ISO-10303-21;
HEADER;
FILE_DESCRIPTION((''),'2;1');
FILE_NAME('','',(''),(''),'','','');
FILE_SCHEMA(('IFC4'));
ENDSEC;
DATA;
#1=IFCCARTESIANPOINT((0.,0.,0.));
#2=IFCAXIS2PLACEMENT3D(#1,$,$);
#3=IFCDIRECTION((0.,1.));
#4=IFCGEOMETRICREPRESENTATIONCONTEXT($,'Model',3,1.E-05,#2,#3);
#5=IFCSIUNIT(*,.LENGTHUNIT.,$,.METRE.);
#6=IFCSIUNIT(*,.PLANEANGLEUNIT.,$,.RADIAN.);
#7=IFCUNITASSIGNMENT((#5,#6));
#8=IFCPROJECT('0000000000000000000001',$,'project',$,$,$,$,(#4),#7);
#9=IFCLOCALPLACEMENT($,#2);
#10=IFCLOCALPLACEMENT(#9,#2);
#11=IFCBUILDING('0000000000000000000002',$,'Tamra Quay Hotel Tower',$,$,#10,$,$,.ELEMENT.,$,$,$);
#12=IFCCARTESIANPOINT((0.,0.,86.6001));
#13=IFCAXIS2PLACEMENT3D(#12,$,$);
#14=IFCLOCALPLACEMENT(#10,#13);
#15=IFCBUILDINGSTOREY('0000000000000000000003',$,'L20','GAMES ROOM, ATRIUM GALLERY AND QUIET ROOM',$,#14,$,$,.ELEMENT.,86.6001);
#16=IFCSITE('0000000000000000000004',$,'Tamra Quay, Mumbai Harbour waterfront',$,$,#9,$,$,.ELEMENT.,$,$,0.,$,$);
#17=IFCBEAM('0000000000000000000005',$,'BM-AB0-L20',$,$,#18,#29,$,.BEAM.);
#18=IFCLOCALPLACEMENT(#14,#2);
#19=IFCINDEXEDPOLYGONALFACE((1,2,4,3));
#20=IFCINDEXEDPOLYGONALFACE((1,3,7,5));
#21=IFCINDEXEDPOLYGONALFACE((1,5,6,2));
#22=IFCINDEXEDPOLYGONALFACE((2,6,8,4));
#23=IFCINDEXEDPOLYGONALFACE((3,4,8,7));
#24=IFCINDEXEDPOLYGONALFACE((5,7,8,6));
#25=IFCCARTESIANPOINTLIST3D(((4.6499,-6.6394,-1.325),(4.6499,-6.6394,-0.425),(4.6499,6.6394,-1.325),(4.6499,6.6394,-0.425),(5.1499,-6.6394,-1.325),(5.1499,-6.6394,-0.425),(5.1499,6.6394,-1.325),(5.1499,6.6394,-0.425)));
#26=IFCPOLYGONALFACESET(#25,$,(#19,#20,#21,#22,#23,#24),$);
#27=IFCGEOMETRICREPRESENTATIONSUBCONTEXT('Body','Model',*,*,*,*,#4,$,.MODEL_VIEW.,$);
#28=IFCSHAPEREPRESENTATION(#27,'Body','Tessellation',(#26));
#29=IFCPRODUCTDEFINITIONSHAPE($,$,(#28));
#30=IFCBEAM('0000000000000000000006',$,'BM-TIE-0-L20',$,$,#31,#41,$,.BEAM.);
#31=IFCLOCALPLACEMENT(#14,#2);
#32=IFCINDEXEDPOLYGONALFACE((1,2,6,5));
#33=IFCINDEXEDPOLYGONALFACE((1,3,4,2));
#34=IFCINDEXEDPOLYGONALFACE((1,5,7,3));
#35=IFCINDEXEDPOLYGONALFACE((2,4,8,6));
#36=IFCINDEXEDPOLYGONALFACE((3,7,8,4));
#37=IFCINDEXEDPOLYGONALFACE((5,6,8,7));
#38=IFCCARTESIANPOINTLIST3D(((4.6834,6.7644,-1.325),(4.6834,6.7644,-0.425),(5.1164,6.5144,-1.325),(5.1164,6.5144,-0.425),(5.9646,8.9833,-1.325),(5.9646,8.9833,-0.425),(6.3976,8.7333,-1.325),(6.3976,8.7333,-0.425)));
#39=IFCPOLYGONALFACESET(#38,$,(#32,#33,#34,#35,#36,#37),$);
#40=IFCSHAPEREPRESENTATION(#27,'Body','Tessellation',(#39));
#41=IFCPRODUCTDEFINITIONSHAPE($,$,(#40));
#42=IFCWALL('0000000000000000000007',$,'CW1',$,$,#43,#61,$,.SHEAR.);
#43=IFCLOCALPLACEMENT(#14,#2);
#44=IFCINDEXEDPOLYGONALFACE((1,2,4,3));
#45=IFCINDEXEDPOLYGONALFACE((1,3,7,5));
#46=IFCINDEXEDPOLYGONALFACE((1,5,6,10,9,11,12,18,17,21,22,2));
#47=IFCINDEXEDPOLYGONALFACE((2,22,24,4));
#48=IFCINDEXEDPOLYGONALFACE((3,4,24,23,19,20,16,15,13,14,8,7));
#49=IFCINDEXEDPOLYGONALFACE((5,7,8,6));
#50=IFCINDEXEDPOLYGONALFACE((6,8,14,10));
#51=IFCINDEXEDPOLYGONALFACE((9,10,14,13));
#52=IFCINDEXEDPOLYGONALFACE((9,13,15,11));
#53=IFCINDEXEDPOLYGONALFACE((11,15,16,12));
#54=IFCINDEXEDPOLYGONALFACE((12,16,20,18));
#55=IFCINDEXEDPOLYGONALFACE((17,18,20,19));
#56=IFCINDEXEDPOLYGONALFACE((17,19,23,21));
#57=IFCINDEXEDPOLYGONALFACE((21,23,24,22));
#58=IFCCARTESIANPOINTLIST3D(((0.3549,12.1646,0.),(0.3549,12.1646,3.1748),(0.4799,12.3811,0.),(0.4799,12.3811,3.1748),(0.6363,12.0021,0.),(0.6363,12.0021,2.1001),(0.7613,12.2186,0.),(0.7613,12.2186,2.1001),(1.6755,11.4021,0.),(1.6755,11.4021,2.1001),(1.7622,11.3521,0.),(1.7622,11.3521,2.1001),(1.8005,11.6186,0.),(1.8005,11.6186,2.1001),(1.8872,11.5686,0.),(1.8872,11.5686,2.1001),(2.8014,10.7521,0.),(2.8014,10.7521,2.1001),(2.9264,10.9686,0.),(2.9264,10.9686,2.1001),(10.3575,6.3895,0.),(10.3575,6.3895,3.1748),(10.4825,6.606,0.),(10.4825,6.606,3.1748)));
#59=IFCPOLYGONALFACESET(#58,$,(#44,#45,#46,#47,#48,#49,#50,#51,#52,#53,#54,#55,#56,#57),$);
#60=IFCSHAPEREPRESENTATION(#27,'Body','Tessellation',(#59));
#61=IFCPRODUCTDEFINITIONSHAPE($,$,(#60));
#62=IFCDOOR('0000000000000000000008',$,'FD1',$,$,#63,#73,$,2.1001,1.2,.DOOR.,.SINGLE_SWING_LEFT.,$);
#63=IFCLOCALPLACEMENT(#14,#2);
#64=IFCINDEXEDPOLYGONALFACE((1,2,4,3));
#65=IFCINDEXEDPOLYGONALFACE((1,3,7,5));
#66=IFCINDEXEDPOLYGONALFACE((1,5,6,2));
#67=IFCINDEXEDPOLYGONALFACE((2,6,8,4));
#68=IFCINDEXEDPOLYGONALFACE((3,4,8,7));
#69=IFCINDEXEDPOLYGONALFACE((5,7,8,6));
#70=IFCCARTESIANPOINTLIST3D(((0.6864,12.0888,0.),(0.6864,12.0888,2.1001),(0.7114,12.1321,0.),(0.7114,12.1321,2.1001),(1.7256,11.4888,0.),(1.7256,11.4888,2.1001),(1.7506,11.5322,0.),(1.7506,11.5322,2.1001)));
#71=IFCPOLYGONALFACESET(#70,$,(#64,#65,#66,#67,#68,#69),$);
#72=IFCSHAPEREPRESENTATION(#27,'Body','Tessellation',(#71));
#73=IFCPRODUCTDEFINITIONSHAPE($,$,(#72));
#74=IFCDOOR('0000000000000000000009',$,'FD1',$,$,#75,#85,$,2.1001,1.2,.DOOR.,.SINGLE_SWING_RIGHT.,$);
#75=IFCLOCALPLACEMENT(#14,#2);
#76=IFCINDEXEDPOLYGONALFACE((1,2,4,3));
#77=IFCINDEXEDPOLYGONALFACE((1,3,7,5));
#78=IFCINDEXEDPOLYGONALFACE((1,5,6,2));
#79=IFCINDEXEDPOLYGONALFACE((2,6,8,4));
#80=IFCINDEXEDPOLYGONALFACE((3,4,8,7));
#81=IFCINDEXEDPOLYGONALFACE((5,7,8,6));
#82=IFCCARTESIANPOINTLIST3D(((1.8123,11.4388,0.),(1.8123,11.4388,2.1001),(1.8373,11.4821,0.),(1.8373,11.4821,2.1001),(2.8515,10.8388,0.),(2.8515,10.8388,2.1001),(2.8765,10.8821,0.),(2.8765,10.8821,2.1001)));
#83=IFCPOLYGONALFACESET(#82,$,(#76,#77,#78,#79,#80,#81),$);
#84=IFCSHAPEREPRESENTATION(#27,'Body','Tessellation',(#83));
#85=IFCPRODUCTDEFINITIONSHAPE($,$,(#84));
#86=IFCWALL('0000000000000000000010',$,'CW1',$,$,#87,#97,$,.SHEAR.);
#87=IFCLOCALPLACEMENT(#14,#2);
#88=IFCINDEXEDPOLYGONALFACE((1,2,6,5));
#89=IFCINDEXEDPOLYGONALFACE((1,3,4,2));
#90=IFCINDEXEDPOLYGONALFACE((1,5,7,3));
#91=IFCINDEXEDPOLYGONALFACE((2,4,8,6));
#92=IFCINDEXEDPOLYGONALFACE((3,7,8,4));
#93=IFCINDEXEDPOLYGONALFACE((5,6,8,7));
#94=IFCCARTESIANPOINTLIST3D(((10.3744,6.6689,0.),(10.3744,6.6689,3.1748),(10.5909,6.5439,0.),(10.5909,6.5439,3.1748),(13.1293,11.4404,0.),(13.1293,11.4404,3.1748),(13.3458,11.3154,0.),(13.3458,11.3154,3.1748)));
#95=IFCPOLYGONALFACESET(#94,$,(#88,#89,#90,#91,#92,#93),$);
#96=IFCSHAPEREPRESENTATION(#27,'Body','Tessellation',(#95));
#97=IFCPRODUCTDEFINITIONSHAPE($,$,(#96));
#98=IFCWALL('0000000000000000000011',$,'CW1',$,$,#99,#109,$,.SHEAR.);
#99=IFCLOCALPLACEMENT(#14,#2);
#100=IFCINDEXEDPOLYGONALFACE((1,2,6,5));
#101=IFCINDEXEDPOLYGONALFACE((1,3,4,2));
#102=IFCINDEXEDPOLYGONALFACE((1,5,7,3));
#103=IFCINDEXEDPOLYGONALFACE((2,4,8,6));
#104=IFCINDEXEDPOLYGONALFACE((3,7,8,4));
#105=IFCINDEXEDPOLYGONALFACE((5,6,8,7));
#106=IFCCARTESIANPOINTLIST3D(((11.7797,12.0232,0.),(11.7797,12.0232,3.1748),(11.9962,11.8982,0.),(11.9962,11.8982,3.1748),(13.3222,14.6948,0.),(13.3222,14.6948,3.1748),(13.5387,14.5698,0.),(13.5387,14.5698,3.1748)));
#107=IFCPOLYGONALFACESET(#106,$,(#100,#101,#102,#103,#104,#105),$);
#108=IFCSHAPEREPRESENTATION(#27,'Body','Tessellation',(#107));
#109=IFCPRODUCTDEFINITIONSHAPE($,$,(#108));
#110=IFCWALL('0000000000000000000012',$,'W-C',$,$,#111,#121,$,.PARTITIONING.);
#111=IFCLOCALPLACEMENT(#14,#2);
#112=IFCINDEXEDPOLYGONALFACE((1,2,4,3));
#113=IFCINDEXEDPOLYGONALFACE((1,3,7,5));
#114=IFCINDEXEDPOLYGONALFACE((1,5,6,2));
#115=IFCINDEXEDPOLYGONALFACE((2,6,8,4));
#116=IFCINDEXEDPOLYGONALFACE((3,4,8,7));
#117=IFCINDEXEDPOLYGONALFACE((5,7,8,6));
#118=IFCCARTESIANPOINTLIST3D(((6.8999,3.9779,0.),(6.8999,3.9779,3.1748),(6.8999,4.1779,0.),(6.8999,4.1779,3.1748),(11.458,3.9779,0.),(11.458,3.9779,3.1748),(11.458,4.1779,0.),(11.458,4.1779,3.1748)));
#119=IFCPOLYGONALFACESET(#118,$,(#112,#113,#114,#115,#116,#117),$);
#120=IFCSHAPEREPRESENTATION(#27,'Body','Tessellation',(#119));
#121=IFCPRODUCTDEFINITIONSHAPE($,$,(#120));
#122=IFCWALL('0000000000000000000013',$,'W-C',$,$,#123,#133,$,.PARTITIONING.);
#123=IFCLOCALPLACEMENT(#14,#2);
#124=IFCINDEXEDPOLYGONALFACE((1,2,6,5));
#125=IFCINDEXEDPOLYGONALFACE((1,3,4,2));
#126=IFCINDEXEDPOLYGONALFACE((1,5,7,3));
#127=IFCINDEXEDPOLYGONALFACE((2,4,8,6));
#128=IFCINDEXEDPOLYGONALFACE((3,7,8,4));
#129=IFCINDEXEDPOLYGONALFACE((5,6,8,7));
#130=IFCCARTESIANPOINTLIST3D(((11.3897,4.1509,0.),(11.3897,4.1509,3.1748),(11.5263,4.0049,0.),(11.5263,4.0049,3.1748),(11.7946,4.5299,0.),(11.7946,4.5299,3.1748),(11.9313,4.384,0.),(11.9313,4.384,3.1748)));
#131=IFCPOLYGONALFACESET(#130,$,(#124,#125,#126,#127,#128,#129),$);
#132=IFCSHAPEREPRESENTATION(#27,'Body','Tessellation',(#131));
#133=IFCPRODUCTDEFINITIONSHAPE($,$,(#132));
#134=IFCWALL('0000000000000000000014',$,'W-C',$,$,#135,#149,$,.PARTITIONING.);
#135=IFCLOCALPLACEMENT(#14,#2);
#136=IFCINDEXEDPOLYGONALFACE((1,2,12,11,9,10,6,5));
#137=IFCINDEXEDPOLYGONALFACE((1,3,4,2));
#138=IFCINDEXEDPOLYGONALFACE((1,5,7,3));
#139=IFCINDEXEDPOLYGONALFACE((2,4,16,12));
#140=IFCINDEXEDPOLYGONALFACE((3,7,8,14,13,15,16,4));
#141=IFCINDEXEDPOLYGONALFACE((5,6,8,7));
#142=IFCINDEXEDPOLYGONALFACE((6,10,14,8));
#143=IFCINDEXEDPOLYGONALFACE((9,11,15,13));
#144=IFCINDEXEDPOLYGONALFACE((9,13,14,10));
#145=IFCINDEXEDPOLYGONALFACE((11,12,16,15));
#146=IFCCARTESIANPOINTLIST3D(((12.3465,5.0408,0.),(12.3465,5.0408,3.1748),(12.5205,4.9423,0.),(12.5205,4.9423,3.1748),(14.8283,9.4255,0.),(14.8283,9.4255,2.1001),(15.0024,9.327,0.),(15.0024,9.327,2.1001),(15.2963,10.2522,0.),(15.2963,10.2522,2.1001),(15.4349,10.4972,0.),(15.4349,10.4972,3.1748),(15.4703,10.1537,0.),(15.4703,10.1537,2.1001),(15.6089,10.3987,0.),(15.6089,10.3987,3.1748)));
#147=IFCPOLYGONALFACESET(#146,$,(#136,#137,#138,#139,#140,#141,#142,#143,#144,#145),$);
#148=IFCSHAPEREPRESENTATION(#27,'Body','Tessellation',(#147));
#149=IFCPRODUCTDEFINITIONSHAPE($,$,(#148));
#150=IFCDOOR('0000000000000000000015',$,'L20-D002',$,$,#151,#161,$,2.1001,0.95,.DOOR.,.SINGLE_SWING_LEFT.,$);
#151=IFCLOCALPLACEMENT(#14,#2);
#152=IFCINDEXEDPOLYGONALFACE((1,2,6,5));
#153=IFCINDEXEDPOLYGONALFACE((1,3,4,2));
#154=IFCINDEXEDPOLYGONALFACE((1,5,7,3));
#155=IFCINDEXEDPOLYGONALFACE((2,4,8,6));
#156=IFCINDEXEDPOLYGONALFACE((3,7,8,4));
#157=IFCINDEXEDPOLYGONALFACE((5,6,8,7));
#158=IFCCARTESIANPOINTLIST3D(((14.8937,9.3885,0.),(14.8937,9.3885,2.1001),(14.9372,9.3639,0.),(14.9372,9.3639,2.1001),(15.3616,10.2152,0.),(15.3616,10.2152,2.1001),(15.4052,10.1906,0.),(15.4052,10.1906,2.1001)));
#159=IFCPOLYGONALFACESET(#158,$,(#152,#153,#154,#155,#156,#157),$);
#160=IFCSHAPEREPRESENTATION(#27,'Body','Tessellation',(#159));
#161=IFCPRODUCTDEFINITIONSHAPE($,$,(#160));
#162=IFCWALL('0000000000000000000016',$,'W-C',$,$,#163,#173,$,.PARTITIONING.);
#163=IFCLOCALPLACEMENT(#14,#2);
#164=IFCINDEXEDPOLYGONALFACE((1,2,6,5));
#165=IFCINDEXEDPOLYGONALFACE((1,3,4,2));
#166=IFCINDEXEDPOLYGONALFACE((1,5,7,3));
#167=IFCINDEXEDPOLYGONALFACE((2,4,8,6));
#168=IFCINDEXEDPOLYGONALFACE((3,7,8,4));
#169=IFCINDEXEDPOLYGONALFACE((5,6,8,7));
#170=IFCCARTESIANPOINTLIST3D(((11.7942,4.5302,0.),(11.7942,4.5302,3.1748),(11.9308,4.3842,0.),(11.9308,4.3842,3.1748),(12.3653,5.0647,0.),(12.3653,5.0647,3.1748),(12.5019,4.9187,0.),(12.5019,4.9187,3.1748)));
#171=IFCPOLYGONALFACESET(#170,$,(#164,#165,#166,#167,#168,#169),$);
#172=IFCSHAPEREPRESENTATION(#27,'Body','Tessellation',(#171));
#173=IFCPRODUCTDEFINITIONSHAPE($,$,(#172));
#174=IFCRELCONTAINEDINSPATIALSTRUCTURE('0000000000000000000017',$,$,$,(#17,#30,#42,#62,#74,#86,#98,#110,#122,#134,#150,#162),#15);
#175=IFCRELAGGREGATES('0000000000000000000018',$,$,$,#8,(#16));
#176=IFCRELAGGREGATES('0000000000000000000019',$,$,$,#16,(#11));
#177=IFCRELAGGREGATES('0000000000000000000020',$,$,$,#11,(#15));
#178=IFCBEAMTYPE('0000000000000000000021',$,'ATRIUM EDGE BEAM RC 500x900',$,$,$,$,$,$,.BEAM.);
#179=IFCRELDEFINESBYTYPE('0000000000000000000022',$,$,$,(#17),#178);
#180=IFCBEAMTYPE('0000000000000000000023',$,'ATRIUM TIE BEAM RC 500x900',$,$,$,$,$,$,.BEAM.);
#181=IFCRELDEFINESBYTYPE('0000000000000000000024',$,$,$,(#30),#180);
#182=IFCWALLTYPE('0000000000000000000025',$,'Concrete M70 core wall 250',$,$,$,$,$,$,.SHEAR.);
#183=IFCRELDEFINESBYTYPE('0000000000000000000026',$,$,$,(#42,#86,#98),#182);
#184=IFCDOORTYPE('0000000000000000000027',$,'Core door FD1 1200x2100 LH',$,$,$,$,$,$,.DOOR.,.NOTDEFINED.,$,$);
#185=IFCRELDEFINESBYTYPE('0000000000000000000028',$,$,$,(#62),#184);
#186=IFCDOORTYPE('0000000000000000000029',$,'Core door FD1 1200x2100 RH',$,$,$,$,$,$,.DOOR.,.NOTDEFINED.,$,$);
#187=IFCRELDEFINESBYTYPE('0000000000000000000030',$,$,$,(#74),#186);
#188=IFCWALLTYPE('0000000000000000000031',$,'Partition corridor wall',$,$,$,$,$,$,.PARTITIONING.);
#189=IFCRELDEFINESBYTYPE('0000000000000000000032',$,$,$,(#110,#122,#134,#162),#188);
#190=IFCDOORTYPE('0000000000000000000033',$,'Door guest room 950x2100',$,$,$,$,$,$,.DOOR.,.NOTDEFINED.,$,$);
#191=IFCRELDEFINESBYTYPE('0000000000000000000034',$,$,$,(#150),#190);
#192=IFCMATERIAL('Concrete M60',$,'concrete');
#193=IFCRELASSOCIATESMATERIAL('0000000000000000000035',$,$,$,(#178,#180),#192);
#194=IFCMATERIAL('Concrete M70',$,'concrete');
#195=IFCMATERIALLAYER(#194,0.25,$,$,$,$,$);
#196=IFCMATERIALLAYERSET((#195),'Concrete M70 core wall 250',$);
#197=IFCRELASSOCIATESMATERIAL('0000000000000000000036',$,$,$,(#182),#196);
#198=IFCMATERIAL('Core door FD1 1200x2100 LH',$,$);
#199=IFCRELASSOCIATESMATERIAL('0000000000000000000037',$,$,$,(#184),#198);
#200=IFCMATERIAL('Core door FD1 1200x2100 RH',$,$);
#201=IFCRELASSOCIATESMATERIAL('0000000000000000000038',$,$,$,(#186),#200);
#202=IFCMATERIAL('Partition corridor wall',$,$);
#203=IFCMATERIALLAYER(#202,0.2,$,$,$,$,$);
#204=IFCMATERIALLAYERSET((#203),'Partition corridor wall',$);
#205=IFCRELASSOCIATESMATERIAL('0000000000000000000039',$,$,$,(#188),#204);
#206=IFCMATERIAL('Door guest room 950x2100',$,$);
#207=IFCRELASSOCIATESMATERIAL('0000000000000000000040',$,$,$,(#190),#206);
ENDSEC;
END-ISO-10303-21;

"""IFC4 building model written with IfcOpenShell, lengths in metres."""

from ifc_helpers import new_model, si_unit, direction, frame, frame_2d, origin, origin_2d, place, context, subcontext, project, spatial, rectangle, extrude, material, layer, layer_set, material_profile, profile_set, type_object, element, fill, save


model = new_model("IFC4")

# Units and contexts
model_context = context("Model", 3, precision=1e-05, world=origin(), true_north=direction((0.0, 1.0)))
body_context = subcontext(model_context, "Body", "Model", "MODEL_VIEW")
ifc_project = project(units=[si_unit("LENGTHUNIT", "METRE"), si_unit("PLANEANGLEUNIT", "RADIAN")], contexts=[model_context])

# Site, building, storey
site_placement = place(None, origin())
site = spatial("IfcSite", under=ifc_project, at=site_placement, Name="Tamra Quay, Mumbai Harbour waterfront", CompositionType="ELEMENT", RefElevation=0.0)
building_placement = place(site_placement, origin())
building = spatial("IfcBuilding", under=site, at=building_placement, Name="Tamra Quay Hotel Tower", CompositionType="ELEMENT")
storey_placement = place(building_placement, frame((0.0, 0.0, 86.6001)))
storey = spatial("IfcBuildingStorey", under=building, at=storey_placement, Name="L20", Description="GAMES ROOM, ATRIUM GALLERY AND QUIET ROOM", CompositionType="ELEMENT", Elevation=86.6001)

# Beams
ifc_material_1 = material(Name="Concrete M60", Category="concrete")
ifc_material_profile_1 = material_profile(ifc_material_1, rectangle(XDim=0.5, YDim=0.8999, at=origin_2d()), Name="ATRIUM EDGE BEAM RC 500x900")
ifc_profile_set_1 = profile_set([ifc_material_profile_1], Name="Concrete M60")
beam_type_1 = type_object("IfcBeamType", Name="ATRIUM EDGE BEAM RC 500x900", PredefinedType="BEAM", material=ifc_profile_set_1)
beam_1_placement = place(storey_placement, frame((4.8999, 6.6394, -0.875), z_axis=(0.0, -1.0, 0.0), x_axis=(1.0, 0.0, 0.0)))
element("IfcBeam", 1, at=beam_1_placement, inside=storey, type_object=beam_type_1, Name="BM-AB0-L20", PredefinedType="BEAM", context=body_context, shape_type="SweptSolid", body=[
    extrude(rectangle(XDim=0.5, YDim=0.8999, at=origin_2d()), origin(), (0.0, 0.0, 1.0), 13.2788),
])
ifc_material_profile_2 = material_profile(ifc_material_1, rectangle(XDim=0.5, YDim=0.8999, at=origin_2d()), Name="ATRIUM TIE BEAM RC 500x900")
ifc_profile_set_2 = profile_set([ifc_material_profile_2], Name="Concrete M60")
beam_type_2 = type_object("IfcBeamType", Name="ATRIUM TIE BEAM RC 500x900", PredefinedType="BEAM", material=ifc_profile_set_2)
beam_2_placement = place(storey_placement, frame((4.8999, 6.6394, -0.875), z_axis=(0.500033, 0.866006, 0.0), x_axis=(-0.866006, 0.500033, 0.0)))
element("IfcBeam", 2, at=beam_2_placement, inside=storey, type_object=beam_type_2, Name="BM-TIE-0-L20", PredefinedType="BEAM", context=body_context, shape_type="SweptSolid", body=[
    extrude(rectangle(XDim=0.5, YDim=0.8999, at=origin_2d()), origin(), (0.0, 0.0, 1.0), 2.5623),
])

# Wall, openings, doors
ifc_material_2 = material(Name="Concrete M70", Category="concrete")
ifc_layer_1 = layer(ifc_material_2, 0.25)
ifc_layer_set_1 = layer_set([ifc_layer_1], Name="Concrete M70 core wall 250")
wall_type_1 = type_object("IfcWallType", Name="Concrete M70 core wall 250", PredefinedType="SHEAR", material=ifc_layer_set_1)
wall_1_placement = place(storey_placement, frame((10.4199, 6.4978, 0.0), z_axis=(0.0, 0.0, 1.0), x_axis=(-0.866022, 0.500006, 0.0)))
wall_1 = element("IfcWall", 3, at=wall_1_placement, inside=storey, type_object=wall_type_1, Name="CW1", PredefinedType="SHEAR", context=body_context, shape_type="SweptSolid", body=[
    extrude(rectangle(XDim=11.55, YDim=0.25, at=frame_2d((5.7749, 0.0))), origin(), (0.0, 0.0, 1.0), 3.1748),
])
opening_1_placement = place(wall_1_placement, frame((10.0249, 0.0, 0.0)))
opening_1 = element("IfcOpeningElement", 4, at=opening_1_placement, cuts=wall_1, PredefinedType="OPENING", context=body_context, shape_type="SweptSolid", body=[
    extrude(rectangle(XDim=1.2, YDim=2.1001, at=frame_2d((0.6001, 1.05))), frame((0.0, 0.135, 0.0), z_axis=(0.0, -1.0, 0.0), x_axis=(1.0, 0.0, 0.0)), (0.0, 0.0, 1.0), 0.27),
])
opening_2_placement = place(wall_1_placement, frame((8.7249, 0.0, 0.0)))
opening_2 = element("IfcOpeningElement", 5, at=opening_2_placement, cuts=wall_1, PredefinedType="OPENING", context=body_context, shape_type="SweptSolid", body=[
    extrude(rectangle(XDim=1.2, YDim=2.1001, at=frame_2d((0.6001, 1.05))), frame((0.0, 0.135, 0.0), z_axis=(0.0, -1.0, 0.0), x_axis=(1.0, 0.0, 0.0)), (0.0, 0.0, 1.0), 0.27),
])
ifc_material_3 = material(Name="Core door FD1 1200x2100 LH")
door_type_1 = type_object("IfcDoorType", Name="Core door FD1 1200x2100 LH", OperationType="NOTDEFINED", PredefinedType="DOOR", material=ifc_material_3)
door_1_placement = place(opening_1_placement, origin())
door_1 = element("IfcDoor", 6, at=door_1_placement, inside=storey, type_object=door_type_1, Name="FD1", OperationType="SINGLE_SWING_LEFT", OverallHeight=2.1001, OverallWidth=1.2, PredefinedType="DOOR", context=body_context, shape_type="SweptSolid", body=[
    extrude(rectangle(XDim=1.2, YDim=2.1001, at=frame_2d((0.6001, 1.05))), frame((0.0, 0.0249, 0.0), z_axis=(0.0, -1.0, 0.0), x_axis=(1.0, 0.0, 0.0)), (0.0, 0.0, 1.0), 0.05),
])
fill(opening_1, door_1)
ifc_material_4 = material(Name="Core door FD1 1200x2100 RH")
door_type_2 = type_object("IfcDoorType", Name="Core door FD1 1200x2100 RH", OperationType="NOTDEFINED", PredefinedType="DOOR", material=ifc_material_4)
door_2_placement = place(opening_2_placement, origin())
door_2 = element("IfcDoor", 7, at=door_2_placement, inside=storey, type_object=door_type_2, Name="FD1", OperationType="SINGLE_SWING_RIGHT", OverallHeight=2.1001, OverallWidth=1.2, PredefinedType="DOOR", context=body_context, shape_type="SweptSolid", body=[
    extrude(rectangle(XDim=1.2, YDim=2.1001, at=frame_2d((0.6001, 1.05))), frame((0.0, 0.0249, 0.0), z_axis=(0.0, -1.0, 0.0), x_axis=(1.0, 0.0, 0.0)), (0.0, 0.0, 1.0), 0.05),
])
fill(opening_2, door_2)

# Walls
wall_2_placement = place(storey_placement, frame((13.2375, 11.3779, 0.0), z_axis=(0.0, 0.0, 1.0), x_axis=(-0.500009, -0.86602, 0.0)))
element("IfcWall", 8, at=wall_2_placement, inside=storey, type_object=wall_type_1, Name="CW1", PredefinedType="SHEAR", context=body_context, shape_type="SweptSolid", body=[
    extrude(rectangle(XDim=5.5098, YDim=0.25, at=frame_2d((2.7549, 0.0))), origin(), (0.0, 0.0, 1.0), 3.1748),
])
wall_3_placement = place(storey_placement, frame((11.8879, 11.9607, 0.0), z_axis=(0.0, 0.0, 1.0), x_axis=(0.500003, 0.866023, 0.0)))
element("IfcWall", 9, at=wall_3_placement, inside=storey, type_object=wall_type_1, Name="CW1", PredefinedType="SHEAR", context=body_context, shape_type="SweptSolid", body=[
    extrude(rectangle(XDim=3.085, YDim=0.25, at=frame_2d((1.5425, 0.0))), origin(), (0.0, 0.0, 1.0), 3.1748),
])
ifc_material_5 = material(Name="Partition corridor wall")
ifc_layer_2 = layer(ifc_material_5, 0.2)
ifc_layer_set_2 = layer_set([ifc_layer_2], Name="Partition corridor wall")
wall_type_2 = type_object("IfcWallType", Name="Partition corridor wall", PredefinedType="PARTITIONING", material=ifc_layer_set_2)
wall_4_placement = place(storey_placement, frame((6.8999, 4.0779, 0.0), z_axis=(0.0, 0.0, 1.0), x_axis=(1.0, 0.0, 0.0)))
element("IfcWall", 10, at=wall_4_placement, inside=storey, type_object=wall_type_2, Name="W-C", PredefinedType="PARTITIONING", context=body_context, shape_type="SweptSolid", body=[
    extrude(rectangle(XDim=4.5581, YDim=0.2, at=frame_2d((2.2791, 0.0))), origin(), (0.0, 0.0, 1.0), 3.1748),
])
wall_5_placement = place(storey_placement, frame((11.458, 4.0779, 0.0), z_axis=(0.0, 0.0, 1.0), x_axis=(0.730045, 0.683399, 0.0)))
element("IfcWall", 11, at=wall_5_placement, inside=storey, type_object=wall_type_2, Name="W-C", PredefinedType="PARTITIONING", context=body_context, shape_type="SweptSolid", body=[
    extrude(rectangle(XDim=0.5547, YDim=0.2, at=frame_2d((0.2773, 0.0))), origin(), (0.0, 0.0, 1.0), 3.1748),
])

# Wall, opening, door
wall_6_placement = place(storey_placement, frame((12.4336, 4.9917, 0.0), z_axis=(0.0, 0.0, 1.0), x_axis=(0.492587, 0.870263, 0.0)))
wall_6 = element("IfcWall", 12, at=wall_6_placement, inside=storey, type_object=wall_type_2, Name="W-C", PredefinedType="PARTITIONING", context=body_context, shape_type="SweptSolid", body=[
    extrude(rectangle(XDim=6.2698, YDim=0.2, at=frame_2d((3.1348, 0.0))), origin(), (0.0, 0.0, 1.0), 3.1748),
])
opening_3_placement = place(wall_6_placement, frame((5.0381, 0.0, 0.0)))
opening_3 = element("IfcOpeningElement", 13, at=opening_3_placement, cuts=wall_6, PredefinedType="OPENING", context=body_context, shape_type="SweptSolid", body=[
    extrude(rectangle(XDim=0.95, YDim=2.1001, at=frame_2d((0.4751, 1.05))), frame((0.0, 0.1099, 0.0), z_axis=(0.0, -1.0, 0.0), x_axis=(1.0, 0.0, 0.0)), (0.0, 0.0, 1.0), 0.22),
])
ifc_material_6 = material(Name="Door guest room 950x2100")
door_type_3 = type_object("IfcDoorType", Name="Door guest room 950x2100", OperationType="NOTDEFINED", PredefinedType="DOOR", material=ifc_material_6)
door_3_placement = place(opening_3_placement, origin())
door_3 = element("IfcDoor", 14, at=door_3_placement, inside=storey, type_object=door_type_3, Name="L20-D002", OperationType="SINGLE_SWING_LEFT", OverallHeight=2.1001, OverallWidth=0.95, PredefinedType="DOOR", context=body_context, shape_type="SweptSolid", body=[
    extrude(rectangle(XDim=0.95, YDim=2.1001, at=frame_2d((0.4751, 1.05))), frame((0.0, 0.0249, 0.0), z_axis=(0.0, -1.0, 0.0), x_axis=(1.0, 0.0, 0.0)), (0.0, 0.0, 1.0), 0.05),
])
fill(opening_3, door_3)

# Wall
wall_7_placement = place(storey_placement, frame((12.4336, 4.9917, 0.0), z_axis=(0.0, 0.0, 1.0), x_axis=(-0.730131, -0.683307, 0.0)))
element("IfcWall", 15, at=wall_7_placement, inside=storey, type_object=wall_type_2, Name="W-C", PredefinedType="PARTITIONING", context=body_context, shape_type="SweptSolid", body=[
    extrude(rectangle(XDim=0.7822, YDim=0.2, at=frame_2d((0.3911, 0.0))), origin(), (0.0, 0.0, 1.0), 3.1748),
])

save(model, "model.ifc")
